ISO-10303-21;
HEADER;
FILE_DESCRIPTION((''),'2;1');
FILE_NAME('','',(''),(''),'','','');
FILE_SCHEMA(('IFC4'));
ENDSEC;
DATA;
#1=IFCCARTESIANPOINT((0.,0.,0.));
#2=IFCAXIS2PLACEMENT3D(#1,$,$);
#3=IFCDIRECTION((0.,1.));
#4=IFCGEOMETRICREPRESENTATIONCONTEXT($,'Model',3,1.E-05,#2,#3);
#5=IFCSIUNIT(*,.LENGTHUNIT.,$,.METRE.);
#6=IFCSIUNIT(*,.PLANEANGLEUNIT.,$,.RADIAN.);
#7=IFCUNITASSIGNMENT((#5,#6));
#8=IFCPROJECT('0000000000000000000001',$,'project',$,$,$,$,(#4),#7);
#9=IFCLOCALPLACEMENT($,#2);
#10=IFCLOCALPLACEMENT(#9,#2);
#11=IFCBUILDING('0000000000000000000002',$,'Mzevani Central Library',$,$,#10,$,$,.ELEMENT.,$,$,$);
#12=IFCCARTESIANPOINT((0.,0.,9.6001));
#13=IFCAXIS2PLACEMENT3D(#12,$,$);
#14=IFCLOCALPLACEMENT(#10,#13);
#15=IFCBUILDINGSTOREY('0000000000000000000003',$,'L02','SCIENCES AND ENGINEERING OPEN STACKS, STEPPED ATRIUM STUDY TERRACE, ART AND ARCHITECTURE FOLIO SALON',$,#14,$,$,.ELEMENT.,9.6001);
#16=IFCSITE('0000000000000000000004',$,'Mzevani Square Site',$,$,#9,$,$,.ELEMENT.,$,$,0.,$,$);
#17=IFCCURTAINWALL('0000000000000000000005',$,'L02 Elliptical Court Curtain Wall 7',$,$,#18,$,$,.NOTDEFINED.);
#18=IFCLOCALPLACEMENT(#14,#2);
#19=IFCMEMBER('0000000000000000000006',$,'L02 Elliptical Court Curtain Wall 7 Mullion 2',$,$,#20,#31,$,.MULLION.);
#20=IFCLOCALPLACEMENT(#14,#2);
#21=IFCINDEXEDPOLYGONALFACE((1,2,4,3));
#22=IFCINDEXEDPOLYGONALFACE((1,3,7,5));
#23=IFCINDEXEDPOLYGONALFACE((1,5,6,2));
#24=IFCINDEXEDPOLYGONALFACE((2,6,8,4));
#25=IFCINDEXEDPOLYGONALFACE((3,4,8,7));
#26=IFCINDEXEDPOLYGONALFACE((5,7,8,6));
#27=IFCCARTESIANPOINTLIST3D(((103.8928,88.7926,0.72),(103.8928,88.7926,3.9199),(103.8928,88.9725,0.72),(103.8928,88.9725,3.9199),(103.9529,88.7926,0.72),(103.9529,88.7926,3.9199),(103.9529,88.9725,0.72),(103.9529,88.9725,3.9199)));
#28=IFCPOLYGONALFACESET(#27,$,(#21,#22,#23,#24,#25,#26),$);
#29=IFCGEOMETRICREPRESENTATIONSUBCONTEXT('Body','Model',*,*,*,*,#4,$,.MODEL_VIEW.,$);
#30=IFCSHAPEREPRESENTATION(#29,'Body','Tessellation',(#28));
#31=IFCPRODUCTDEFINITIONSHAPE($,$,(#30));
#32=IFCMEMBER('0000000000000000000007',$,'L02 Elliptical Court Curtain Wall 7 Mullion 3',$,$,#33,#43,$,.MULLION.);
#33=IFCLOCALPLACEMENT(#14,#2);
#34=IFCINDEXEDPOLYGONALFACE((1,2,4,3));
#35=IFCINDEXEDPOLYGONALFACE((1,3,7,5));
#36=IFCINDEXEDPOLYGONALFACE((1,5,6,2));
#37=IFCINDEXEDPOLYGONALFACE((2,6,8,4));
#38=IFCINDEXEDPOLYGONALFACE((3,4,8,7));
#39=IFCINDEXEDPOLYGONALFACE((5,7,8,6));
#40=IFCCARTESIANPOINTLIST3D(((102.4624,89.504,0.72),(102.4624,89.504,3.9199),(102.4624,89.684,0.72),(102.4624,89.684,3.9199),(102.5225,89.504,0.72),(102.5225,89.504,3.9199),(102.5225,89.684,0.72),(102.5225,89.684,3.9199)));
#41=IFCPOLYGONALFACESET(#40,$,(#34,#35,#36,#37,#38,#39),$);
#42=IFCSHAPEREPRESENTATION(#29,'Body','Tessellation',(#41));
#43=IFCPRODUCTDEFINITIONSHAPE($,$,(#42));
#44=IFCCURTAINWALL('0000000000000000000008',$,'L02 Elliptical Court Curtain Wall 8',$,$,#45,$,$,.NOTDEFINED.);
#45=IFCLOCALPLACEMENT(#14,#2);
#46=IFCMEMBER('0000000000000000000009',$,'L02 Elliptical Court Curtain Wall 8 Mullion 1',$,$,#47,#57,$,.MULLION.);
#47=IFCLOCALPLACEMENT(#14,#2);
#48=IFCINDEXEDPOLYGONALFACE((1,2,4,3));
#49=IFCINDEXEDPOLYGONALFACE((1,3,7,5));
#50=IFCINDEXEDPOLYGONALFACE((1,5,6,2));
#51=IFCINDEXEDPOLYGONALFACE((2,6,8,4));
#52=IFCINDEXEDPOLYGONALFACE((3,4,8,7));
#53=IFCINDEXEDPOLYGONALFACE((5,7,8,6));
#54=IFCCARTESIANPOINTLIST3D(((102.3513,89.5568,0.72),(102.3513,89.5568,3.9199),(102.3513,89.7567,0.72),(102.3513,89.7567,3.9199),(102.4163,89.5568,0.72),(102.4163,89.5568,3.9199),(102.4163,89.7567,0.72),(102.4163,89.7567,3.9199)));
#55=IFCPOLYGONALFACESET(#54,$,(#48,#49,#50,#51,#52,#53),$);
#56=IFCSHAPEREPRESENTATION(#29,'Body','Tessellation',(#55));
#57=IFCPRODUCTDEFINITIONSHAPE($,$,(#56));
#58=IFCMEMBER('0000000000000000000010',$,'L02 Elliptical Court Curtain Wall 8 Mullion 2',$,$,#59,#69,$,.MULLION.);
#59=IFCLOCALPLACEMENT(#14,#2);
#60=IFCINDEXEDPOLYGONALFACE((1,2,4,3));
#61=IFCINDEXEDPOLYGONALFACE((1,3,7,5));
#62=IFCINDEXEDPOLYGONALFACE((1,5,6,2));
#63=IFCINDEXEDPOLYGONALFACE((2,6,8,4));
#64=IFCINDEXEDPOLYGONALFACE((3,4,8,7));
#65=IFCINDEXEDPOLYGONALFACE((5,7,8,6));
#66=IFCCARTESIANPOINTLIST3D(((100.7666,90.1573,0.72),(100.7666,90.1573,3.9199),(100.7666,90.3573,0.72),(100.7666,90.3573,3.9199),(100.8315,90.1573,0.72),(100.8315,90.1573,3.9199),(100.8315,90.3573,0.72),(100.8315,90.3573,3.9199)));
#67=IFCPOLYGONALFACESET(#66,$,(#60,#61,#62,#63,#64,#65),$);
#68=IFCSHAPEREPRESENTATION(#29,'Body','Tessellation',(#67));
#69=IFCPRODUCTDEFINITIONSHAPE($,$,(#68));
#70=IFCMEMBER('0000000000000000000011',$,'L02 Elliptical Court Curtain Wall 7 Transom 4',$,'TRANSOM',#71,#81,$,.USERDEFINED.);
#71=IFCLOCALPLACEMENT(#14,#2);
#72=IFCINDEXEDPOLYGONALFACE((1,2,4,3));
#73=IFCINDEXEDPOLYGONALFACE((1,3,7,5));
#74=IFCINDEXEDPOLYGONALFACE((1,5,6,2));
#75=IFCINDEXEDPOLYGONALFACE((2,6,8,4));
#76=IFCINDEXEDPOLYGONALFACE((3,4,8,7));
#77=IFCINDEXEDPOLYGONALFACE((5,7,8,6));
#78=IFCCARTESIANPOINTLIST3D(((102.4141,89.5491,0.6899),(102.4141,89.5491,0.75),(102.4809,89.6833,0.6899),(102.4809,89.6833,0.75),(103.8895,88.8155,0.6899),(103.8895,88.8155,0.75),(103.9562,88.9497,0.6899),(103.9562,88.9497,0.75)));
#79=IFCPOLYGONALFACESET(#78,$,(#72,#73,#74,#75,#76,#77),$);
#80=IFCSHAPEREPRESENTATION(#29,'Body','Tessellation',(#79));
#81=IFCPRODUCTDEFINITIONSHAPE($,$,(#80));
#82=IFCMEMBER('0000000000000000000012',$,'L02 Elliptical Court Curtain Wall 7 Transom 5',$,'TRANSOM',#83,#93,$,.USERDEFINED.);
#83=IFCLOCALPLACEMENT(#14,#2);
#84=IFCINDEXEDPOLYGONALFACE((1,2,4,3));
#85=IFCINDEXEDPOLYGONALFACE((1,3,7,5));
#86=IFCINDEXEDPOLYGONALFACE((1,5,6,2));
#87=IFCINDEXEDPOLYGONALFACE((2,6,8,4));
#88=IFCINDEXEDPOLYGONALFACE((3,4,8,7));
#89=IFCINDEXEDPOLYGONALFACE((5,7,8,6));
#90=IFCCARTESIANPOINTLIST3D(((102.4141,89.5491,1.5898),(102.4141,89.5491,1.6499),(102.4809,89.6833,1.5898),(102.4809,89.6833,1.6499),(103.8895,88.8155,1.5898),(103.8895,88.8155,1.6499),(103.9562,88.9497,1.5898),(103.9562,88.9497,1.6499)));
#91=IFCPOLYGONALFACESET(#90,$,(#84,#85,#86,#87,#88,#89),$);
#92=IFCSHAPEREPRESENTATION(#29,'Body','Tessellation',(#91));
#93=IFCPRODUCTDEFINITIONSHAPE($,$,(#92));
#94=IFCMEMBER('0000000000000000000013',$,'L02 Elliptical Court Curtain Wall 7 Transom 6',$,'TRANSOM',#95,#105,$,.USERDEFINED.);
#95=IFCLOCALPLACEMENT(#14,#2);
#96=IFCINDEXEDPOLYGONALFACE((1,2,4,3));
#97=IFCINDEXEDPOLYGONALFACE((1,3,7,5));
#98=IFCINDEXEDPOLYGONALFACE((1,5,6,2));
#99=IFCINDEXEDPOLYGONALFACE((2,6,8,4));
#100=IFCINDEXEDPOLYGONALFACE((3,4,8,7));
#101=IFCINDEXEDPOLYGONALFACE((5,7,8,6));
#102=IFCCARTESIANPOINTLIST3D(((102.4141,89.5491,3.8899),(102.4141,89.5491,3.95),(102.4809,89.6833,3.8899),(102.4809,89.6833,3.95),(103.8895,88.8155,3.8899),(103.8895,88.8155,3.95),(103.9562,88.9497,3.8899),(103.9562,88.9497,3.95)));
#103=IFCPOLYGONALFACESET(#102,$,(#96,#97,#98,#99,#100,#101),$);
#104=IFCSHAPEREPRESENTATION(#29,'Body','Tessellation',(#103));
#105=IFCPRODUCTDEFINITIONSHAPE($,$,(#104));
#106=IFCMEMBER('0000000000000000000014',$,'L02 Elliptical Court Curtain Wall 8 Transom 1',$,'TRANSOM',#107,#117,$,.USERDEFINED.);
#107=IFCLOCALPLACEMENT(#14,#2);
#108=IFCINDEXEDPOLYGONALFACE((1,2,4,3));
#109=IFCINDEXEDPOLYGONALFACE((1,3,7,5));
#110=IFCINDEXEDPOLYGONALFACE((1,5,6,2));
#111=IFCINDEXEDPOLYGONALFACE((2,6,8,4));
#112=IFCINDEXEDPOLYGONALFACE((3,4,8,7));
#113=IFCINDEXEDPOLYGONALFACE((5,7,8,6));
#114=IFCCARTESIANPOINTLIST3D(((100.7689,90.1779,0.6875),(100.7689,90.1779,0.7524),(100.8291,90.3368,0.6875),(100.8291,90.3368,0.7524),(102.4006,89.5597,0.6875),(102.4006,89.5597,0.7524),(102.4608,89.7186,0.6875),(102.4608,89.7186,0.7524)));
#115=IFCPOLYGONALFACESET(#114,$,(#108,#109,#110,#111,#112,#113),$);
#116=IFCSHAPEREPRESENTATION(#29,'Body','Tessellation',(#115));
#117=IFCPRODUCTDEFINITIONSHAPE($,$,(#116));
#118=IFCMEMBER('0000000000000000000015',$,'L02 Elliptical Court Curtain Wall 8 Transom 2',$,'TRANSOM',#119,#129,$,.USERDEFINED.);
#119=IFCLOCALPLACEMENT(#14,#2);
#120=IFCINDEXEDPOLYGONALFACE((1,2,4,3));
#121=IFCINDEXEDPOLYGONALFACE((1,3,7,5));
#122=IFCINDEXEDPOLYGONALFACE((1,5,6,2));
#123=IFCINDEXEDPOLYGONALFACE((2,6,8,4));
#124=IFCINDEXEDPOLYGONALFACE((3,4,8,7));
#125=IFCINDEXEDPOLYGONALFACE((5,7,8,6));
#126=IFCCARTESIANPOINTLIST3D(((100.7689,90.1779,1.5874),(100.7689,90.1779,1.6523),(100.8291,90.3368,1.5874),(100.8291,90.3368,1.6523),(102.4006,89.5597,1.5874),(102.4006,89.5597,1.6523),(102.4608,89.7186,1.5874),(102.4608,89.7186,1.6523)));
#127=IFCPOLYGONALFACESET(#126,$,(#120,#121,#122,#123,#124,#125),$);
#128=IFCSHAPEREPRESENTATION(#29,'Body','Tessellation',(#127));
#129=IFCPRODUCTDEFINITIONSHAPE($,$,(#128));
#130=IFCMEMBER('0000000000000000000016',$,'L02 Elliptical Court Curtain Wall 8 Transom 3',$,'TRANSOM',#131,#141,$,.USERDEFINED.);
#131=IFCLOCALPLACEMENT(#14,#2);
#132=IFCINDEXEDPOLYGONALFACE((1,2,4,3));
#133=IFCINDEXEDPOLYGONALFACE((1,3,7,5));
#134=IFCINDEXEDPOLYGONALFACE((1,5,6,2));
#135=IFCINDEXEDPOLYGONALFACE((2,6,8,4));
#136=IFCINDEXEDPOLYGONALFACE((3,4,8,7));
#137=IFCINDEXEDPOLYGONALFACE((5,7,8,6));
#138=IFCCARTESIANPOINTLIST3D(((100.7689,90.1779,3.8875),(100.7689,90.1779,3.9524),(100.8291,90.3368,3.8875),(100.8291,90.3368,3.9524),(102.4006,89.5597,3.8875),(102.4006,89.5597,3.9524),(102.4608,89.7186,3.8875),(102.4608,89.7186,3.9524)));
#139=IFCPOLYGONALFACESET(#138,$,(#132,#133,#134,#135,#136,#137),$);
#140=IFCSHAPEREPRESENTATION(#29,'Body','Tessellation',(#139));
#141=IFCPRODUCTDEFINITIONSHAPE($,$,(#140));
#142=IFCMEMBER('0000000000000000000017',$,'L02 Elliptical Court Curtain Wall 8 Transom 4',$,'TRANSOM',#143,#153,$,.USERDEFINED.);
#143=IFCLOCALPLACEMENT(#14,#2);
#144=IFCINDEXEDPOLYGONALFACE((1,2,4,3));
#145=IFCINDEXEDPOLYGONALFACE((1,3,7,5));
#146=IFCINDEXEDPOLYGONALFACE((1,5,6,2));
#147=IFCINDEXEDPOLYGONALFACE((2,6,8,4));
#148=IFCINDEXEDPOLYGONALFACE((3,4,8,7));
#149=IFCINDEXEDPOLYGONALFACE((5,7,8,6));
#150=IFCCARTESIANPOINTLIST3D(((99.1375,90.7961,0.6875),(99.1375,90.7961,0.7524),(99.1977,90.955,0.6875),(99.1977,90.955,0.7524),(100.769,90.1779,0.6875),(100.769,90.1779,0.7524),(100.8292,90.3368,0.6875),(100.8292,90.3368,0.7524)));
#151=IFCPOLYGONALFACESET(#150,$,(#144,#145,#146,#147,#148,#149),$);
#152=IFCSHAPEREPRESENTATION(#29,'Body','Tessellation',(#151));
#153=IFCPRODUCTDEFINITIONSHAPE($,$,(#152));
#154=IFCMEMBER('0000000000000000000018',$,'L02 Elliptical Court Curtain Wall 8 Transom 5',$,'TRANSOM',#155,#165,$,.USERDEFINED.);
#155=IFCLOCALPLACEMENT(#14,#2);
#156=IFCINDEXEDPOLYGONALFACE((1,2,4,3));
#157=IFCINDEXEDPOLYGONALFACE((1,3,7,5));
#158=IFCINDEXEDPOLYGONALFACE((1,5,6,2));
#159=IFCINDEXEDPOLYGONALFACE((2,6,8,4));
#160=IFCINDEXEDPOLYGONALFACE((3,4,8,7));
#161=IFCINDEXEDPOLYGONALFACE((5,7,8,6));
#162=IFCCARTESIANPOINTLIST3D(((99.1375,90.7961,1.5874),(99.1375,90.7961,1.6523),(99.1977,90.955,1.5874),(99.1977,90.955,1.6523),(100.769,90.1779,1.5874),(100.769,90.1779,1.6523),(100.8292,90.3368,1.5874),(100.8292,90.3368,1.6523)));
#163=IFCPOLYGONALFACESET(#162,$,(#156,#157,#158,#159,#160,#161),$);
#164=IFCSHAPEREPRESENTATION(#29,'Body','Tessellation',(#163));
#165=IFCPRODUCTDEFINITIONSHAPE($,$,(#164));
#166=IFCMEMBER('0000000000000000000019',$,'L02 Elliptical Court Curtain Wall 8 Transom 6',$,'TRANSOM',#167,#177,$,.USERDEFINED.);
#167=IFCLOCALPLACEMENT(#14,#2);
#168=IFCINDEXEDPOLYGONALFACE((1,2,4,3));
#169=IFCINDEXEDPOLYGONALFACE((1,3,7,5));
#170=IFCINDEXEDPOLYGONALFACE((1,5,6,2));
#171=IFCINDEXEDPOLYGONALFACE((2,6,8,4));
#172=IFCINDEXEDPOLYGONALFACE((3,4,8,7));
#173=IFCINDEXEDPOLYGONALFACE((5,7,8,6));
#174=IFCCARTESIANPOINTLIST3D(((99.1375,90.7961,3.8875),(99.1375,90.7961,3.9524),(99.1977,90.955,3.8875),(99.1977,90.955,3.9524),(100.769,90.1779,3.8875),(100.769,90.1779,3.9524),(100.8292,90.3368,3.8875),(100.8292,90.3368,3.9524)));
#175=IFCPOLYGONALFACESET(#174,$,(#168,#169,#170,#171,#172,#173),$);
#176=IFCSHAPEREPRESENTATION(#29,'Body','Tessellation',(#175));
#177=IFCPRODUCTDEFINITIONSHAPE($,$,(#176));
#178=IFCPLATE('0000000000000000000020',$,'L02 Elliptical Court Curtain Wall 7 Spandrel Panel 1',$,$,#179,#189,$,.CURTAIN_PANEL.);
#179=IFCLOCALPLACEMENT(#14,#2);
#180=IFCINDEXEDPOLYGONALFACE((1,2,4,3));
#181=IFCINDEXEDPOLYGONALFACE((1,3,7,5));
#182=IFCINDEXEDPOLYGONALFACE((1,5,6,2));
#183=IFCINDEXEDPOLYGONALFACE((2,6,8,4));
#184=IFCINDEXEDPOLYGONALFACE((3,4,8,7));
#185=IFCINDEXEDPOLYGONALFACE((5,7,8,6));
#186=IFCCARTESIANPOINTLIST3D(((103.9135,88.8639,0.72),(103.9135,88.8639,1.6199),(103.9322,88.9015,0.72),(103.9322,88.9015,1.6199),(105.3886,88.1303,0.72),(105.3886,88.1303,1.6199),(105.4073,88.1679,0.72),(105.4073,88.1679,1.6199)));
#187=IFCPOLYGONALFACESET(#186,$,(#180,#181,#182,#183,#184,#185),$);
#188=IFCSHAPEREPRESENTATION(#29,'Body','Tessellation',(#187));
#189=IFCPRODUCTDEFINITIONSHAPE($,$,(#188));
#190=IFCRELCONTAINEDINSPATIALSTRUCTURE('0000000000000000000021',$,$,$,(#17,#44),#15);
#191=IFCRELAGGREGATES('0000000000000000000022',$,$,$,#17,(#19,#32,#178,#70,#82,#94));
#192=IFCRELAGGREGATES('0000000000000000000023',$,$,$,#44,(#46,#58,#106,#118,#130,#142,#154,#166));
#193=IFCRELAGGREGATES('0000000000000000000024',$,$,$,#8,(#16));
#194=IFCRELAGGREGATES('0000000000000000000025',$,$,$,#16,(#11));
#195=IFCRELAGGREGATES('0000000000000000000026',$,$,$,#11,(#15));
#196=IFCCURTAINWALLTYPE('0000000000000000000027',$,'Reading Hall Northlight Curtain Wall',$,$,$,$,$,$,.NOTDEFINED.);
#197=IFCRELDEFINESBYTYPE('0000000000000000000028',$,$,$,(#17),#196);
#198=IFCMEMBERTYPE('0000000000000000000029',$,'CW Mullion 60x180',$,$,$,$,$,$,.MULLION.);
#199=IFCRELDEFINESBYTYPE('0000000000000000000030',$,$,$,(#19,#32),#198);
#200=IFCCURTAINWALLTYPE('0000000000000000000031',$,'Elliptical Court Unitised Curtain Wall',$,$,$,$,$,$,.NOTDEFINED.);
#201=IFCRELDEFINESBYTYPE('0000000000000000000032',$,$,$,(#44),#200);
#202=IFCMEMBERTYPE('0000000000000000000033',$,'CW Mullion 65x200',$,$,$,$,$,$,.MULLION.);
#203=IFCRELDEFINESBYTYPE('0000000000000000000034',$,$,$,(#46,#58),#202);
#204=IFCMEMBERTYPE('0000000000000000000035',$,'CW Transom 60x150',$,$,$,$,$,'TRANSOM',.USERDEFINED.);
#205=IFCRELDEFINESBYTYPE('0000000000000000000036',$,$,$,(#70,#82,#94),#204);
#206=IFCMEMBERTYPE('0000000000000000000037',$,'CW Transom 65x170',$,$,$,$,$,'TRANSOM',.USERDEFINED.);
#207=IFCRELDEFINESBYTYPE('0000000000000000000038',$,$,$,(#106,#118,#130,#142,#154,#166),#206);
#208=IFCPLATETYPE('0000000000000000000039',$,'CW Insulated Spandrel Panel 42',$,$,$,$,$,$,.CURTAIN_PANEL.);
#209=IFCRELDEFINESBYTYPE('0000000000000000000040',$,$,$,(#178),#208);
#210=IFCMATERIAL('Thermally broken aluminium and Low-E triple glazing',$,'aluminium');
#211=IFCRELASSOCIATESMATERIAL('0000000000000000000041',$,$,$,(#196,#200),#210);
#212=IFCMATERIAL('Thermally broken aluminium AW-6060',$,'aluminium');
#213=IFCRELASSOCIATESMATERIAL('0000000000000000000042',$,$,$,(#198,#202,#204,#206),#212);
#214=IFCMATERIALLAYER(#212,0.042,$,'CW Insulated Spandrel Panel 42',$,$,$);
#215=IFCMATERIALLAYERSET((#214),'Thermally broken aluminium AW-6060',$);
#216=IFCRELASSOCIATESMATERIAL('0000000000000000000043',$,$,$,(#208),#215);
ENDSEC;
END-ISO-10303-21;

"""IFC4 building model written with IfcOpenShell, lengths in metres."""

from ifc_helpers import new_model, si_unit, direction, frame, origin, origin_2d, place, context, subcontext, project, spatial, rectangle, extrude, material, layer, layer_set, material_profile, profile_set, type_object, element, aggregate, save


model = new_model("IFC4")

# Units and contexts
model_context = context("Model", 3, precision=1e-05, world=origin(), true_north=direction((0.0, 1.0)))
body_context = subcontext(model_context, "Body", "Model", "MODEL_VIEW")
ifc_project = project(units=[si_unit("LENGTHUNIT", "METRE"), si_unit("PLANEANGLEUNIT", "RADIAN")], contexts=[model_context])

# Site, building, storey
site_placement = place(None, origin())
site = spatial("IfcSite", under=ifc_project, at=site_placement, Name="Mzevani Square Site", CompositionType="ELEMENT", RefElevation=0.0)
building_placement = place(site_placement, origin())
building = spatial("IfcBuilding", under=site, at=building_placement, Name="Mzevani Central Library", CompositionType="ELEMENT")
storey_placement = place(building_placement, frame((0.0, 0.0, 9.6001)))
storey = spatial("IfcBuildingStorey", under=building, at=storey_placement, Name="L02", Description="SCIENCES AND ENGINEERING OPEN STACKS, STEPPED ATRIUM STUDY TERRACE, ART AND ARCHITECTURE FOLIO SALON", CompositionType="ELEMENT", Elevation=9.6001)

# Curtain walls, members
ifc_material_1 = material(Name="Thermally broken aluminium and Low-E triple glazing", Category="aluminium")
curtain_wall_type_1 = type_object("IfcCurtainWallType", Name="Reading Hall Northlight Curtain Wall", PredefinedType="NOTDEFINED", material=ifc_material_1)
curtain_wall_1_placement = place(storey_placement, origin())
curtain_wall_1 = element("IfcCurtainWall", 1, at=curtain_wall_1_placement, inside=storey, type_object=curtain_wall_type_1, Name="L02 Elliptical Court Curtain Wall 7", PredefinedType="NOTDEFINED")
ifc_material_2 = material(Name="Thermally broken aluminium AW-6060", Category="aluminium")
ifc_material_profile_1 = material_profile(ifc_material_2, rectangle(XDim=0.0601, YDim=0.1799, at=origin_2d()), Name="ALU M60x180")
ifc_profile_set_1 = profile_set([ifc_material_profile_1], Name="Thermally broken aluminium AW-6060")
member_type_1 = type_object("IfcMemberType", Name="CW Mullion 60x180", PredefinedType="MULLION", material=ifc_profile_set_1)
member_1_placement = place(storey_placement, frame((103.9229, 88.8826, 0.72), z_axis=(0.0, 0.0, 1.0), x_axis=(1.0, 0.0, 0.0)))
member_1 = element("IfcMember", 2, at=member_1_placement, type_object=member_type_1, Name="L02 Elliptical Court Curtain Wall 7 Mullion 2", PredefinedType="MULLION", context=body_context, shape_type="SweptSolid", body=[
    extrude(rectangle(XDim=0.0601, YDim=0.1799, at=origin_2d()), origin(), (0.0, 0.0, 1.0), 3.2),
])
member_2_placement = place(storey_placement, frame((102.4924, 89.594, 0.72), z_axis=(0.0, 0.0, 1.0), x_axis=(1.0, 0.0, 0.0)))
member_2 = element("IfcMember", 3, at=member_2_placement, type_object=member_type_1, Name="L02 Elliptical Court Curtain Wall 7 Mullion 3", PredefinedType="MULLION", context=body_context, shape_type="SweptSolid", body=[
    extrude(rectangle(XDim=0.0601, YDim=0.1799, at=origin_2d()), origin(), (0.0, 0.0, 1.0), 3.2),
])
curtain_wall_type_2 = type_object("IfcCurtainWallType", Name="Elliptical Court Unitised Curtain Wall", PredefinedType="NOTDEFINED", material=ifc_material_1)
curtain_wall_2_placement = place(storey_placement, origin())
curtain_wall_2 = element("IfcCurtainWall", 4, at=curtain_wall_2_placement, inside=storey, type_object=curtain_wall_type_2, Name="L02 Elliptical Court Curtain Wall 8", PredefinedType="NOTDEFINED")
ifc_material_profile_2 = material_profile(ifc_material_2, rectangle(XDim=0.0649, YDim=0.2, at=origin_2d()), Name="ALU M65x200")
ifc_profile_set_2 = profile_set([ifc_material_profile_2], Name="Thermally broken aluminium AW-6060")
member_type_2 = type_object("IfcMemberType", Name="CW Mullion 65x200", PredefinedType="MULLION", material=ifc_profile_set_2)
member_3_placement = place(storey_placement, frame((102.3838, 89.6567, 0.72), z_axis=(0.0, 0.0, 1.0), x_axis=(1.0, 0.0, 0.0)))
member_3 = element("IfcMember", 5, at=member_3_placement, type_object=member_type_2, Name="L02 Elliptical Court Curtain Wall 8 Mullion 1", PredefinedType="MULLION", context=body_context, shape_type="SweptSolid", body=[
    extrude(rectangle(XDim=0.0649, YDim=0.2, at=origin_2d()), origin(), (0.0, 0.0, 1.0), 3.2),
])
member_4_placement = place(storey_placement, frame((100.7991, 90.2573, 0.72), z_axis=(0.0, 0.0, 1.0), x_axis=(1.0, 0.0, 0.0)))
member_4 = element("IfcMember", 6, at=member_4_placement, type_object=member_type_2, Name="L02 Elliptical Court Curtain Wall 8 Mullion 2", PredefinedType="MULLION", context=body_context, shape_type="SweptSolid", body=[
    extrude(rectangle(XDim=0.0649, YDim=0.2, at=origin_2d()), origin(), (0.0, 0.0, 1.0), 3.2),
])

# Members
ifc_material_profile_3 = material_profile(ifc_material_2, rectangle(XDim=0.1499, YDim=0.0601, at=origin_2d()), Name="ALU T60x150")
ifc_profile_set_3 = profile_set([ifc_material_profile_3], Name="Thermally broken aluminium AW-6060")
member_type_3 = type_object("IfcMemberType", Name="CW Transom 60x150", ElementType="TRANSOM", PredefinedType="USERDEFINED", material=ifc_profile_set_3)
member_5_placement = place(storey_placement, frame((103.9229, 88.8826, 0.72), z_axis=(-0.895403, 0.445257, 0.0), x_axis=(-0.445257, -0.895403, 0.0)))
member_5 = element("IfcMember", 7, at=member_5_placement, type_object=member_type_3, Name="L02 Elliptical Court Curtain Wall 7 Transom 4", ObjectType="TRANSOM", PredefinedType="USERDEFINED", context=body_context, shape_type="SweptSolid", body=[
    extrude(rectangle(XDim=0.1499, YDim=0.0601, at=origin_2d()), origin(), (0.0, 0.0, 1.0), 1.6477),
])
member_6_placement = place(storey_placement, frame((103.9229, 88.8826, 1.6199), z_axis=(-0.895403, 0.445257, 0.0), x_axis=(-0.445257, -0.895403, 0.0)))
member_6 = element("IfcMember", 8, at=member_6_placement, type_object=member_type_3, Name="L02 Elliptical Court Curtain Wall 7 Transom 5", ObjectType="TRANSOM", PredefinedType="USERDEFINED", context=body_context, shape_type="SweptSolid", body=[
    extrude(rectangle(XDim=0.1499, YDim=0.0601, at=origin_2d()), origin(), (0.0, 0.0, 1.0), 1.6477),
])
member_7_placement = place(storey_placement, frame((103.9229, 88.8826, 3.9199), z_axis=(-0.895403, 0.445257, 0.0), x_axis=(-0.445257, -0.895403, 0.0)))
member_7 = element("IfcMember", 9, at=member_7_placement, type_object=member_type_3, Name="L02 Elliptical Court Curtain Wall 7 Transom 6", ObjectType="TRANSOM", PredefinedType="USERDEFINED", context=body_context, shape_type="SweptSolid", body=[
    extrude(rectangle(XDim=0.1499, YDim=0.0601, at=origin_2d()), origin(), (0.0, 0.0, 1.0), 1.6477),
])
ifc_material_profile_4 = material_profile(ifc_material_2, rectangle(XDim=0.1699, YDim=0.0649, at=origin_2d()), Name="ALU T65x170")
ifc_profile_set_4 = profile_set([ifc_material_profile_4], Name="Thermally broken aluminium AW-6060")
member_type_4 = type_object("IfcMemberType", Name="CW Transom 65x170", ElementType="TRANSOM", PredefinedType="USERDEFINED", material=ifc_profile_set_4)
member_8_placement = place(storey_placement, frame((102.4307, 89.6392, 0.72), z_axis=(-0.935133, 0.354296, 0.0), x_axis=(-0.354296, -0.935133, 0.0)))
member_8 = element("IfcMember", 10, at=member_8_placement, type_object=member_type_4, Name="L02 Elliptical Court Curtain Wall 8 Transom 1", ObjectType="TRANSOM", PredefinedType="USERDEFINED", context=body_context, shape_type="SweptSolid", body=[
    extrude(rectangle(XDim=0.1699, YDim=0.0649, at=origin_2d()), origin(), (0.0, 0.0, 1.0), 1.7449),
])
member_9_placement = place(storey_placement, frame((102.4307, 89.6392, 1.6199), z_axis=(-0.935133, 0.354296, 0.0), x_axis=(-0.354296, -0.935133, 0.0)))
member_9 = element("IfcMember", 11, at=member_9_placement, type_object=member_type_4, Name="L02 Elliptical Court Curtain Wall 8 Transom 2", ObjectType="TRANSOM", PredefinedType="USERDEFINED", context=body_context, shape_type="SweptSolid", body=[
    extrude(rectangle(XDim=0.1699, YDim=0.0649, at=origin_2d()), origin(), (0.0, 0.0, 1.0), 1.7449),
])
member_10_placement = place(storey_placement, frame((102.4307, 89.6392, 3.9199), z_axis=(-0.935133, 0.354296, 0.0), x_axis=(-0.354296, -0.935133, 0.0)))
member_10 = element("IfcMember", 12, at=member_10_placement, type_object=member_type_4, Name="L02 Elliptical Court Curtain Wall 8 Transom 3", ObjectType="TRANSOM", PredefinedType="USERDEFINED", context=body_context, shape_type="SweptSolid", body=[
    extrude(rectangle(XDim=0.1699, YDim=0.0649, at=origin_2d()), origin(), (0.0, 0.0, 1.0), 1.7449),
])
member_11_placement = place(storey_placement, frame((100.7991, 90.2573, 0.72), z_axis=(-0.935116, 0.354342, 0.0), x_axis=(-0.354342, -0.935116, 0.0)))
member_11 = element("IfcMember", 13, at=member_11_placement, type_object=member_type_4, Name="L02 Elliptical Court Curtain Wall 8 Transom 4", ObjectType="TRANSOM", PredefinedType="USERDEFINED", context=body_context, shape_type="SweptSolid", body=[
    extrude(rectangle(XDim=0.1699, YDim=0.0649, at=origin_2d()), origin(), (0.0, 0.0, 1.0), 1.7446),
])
member_12_placement = place(storey_placement, frame((100.7991, 90.2573, 1.6199), z_axis=(-0.935116, 0.354342, 0.0), x_axis=(-0.354342, -0.935116, 0.0)))
member_12 = element("IfcMember", 14, at=member_12_placement, type_object=member_type_4, Name="L02 Elliptical Court Curtain Wall 8 Transom 5", ObjectType="TRANSOM", PredefinedType="USERDEFINED", context=body_context, shape_type="SweptSolid", body=[
    extrude(rectangle(XDim=0.1699, YDim=0.0649, at=origin_2d()), origin(), (0.0, 0.0, 1.0), 1.7446),
])
member_13_placement = place(storey_placement, frame((100.7991, 90.2573, 3.9199), z_axis=(-0.935116, 0.354342, 0.0), x_axis=(-0.354342, -0.935116, 0.0)))
member_13 = element("IfcMember", 15, at=member_13_placement, type_object=member_type_4, Name="L02 Elliptical Court Curtain Wall 8 Transom 6", ObjectType="TRANSOM", PredefinedType="USERDEFINED", context=body_context, shape_type="SweptSolid", body=[
    extrude(rectangle(XDim=0.1699, YDim=0.0649, at=origin_2d()), origin(), (0.0, 0.0, 1.0), 1.7446),
])

# Plate
ifc_layer_1 = layer(ifc_material_2, 0.042, Name="CW Insulated Spandrel Panel 42")
ifc_layer_set_1 = layer_set([ifc_layer_1], Name="Thermally broken aluminium AW-6060")
plate_type_1 = type_object("IfcPlateType", Name="CW Insulated Spandrel Panel 42", PredefinedType="CURTAIN_PANEL", material=ifc_layer_set_1)
plate_1_placement = place(storey_placement, frame((104.6604, 88.5159, 0.72), z_axis=(0.0, 0.0, 1.0), x_axis=(-0.89539, 0.445282, 0.0)))
plate_1 = element("IfcPlate", 16, at=plate_1_placement, type_object=plate_type_1, Name="L02 Elliptical Court Curtain Wall 7 Spandrel Panel 1", PredefinedType="CURTAIN_PANEL", context=body_context, shape_type="SweptSolid", body=[
    extrude(rectangle(XDim=1.6475, YDim=0.042, at=origin_2d()), origin(), (0.0, 0.0, 1.0), 0.8999),
])
aggregate(curtain_wall_1, [member_1, member_2, plate_1, member_5, member_6, member_7])
aggregate(curtain_wall_2, [member_3, member_4, member_8, member_9, member_10, member_11, member_12, member_13])

save(model, "model.ifc")
